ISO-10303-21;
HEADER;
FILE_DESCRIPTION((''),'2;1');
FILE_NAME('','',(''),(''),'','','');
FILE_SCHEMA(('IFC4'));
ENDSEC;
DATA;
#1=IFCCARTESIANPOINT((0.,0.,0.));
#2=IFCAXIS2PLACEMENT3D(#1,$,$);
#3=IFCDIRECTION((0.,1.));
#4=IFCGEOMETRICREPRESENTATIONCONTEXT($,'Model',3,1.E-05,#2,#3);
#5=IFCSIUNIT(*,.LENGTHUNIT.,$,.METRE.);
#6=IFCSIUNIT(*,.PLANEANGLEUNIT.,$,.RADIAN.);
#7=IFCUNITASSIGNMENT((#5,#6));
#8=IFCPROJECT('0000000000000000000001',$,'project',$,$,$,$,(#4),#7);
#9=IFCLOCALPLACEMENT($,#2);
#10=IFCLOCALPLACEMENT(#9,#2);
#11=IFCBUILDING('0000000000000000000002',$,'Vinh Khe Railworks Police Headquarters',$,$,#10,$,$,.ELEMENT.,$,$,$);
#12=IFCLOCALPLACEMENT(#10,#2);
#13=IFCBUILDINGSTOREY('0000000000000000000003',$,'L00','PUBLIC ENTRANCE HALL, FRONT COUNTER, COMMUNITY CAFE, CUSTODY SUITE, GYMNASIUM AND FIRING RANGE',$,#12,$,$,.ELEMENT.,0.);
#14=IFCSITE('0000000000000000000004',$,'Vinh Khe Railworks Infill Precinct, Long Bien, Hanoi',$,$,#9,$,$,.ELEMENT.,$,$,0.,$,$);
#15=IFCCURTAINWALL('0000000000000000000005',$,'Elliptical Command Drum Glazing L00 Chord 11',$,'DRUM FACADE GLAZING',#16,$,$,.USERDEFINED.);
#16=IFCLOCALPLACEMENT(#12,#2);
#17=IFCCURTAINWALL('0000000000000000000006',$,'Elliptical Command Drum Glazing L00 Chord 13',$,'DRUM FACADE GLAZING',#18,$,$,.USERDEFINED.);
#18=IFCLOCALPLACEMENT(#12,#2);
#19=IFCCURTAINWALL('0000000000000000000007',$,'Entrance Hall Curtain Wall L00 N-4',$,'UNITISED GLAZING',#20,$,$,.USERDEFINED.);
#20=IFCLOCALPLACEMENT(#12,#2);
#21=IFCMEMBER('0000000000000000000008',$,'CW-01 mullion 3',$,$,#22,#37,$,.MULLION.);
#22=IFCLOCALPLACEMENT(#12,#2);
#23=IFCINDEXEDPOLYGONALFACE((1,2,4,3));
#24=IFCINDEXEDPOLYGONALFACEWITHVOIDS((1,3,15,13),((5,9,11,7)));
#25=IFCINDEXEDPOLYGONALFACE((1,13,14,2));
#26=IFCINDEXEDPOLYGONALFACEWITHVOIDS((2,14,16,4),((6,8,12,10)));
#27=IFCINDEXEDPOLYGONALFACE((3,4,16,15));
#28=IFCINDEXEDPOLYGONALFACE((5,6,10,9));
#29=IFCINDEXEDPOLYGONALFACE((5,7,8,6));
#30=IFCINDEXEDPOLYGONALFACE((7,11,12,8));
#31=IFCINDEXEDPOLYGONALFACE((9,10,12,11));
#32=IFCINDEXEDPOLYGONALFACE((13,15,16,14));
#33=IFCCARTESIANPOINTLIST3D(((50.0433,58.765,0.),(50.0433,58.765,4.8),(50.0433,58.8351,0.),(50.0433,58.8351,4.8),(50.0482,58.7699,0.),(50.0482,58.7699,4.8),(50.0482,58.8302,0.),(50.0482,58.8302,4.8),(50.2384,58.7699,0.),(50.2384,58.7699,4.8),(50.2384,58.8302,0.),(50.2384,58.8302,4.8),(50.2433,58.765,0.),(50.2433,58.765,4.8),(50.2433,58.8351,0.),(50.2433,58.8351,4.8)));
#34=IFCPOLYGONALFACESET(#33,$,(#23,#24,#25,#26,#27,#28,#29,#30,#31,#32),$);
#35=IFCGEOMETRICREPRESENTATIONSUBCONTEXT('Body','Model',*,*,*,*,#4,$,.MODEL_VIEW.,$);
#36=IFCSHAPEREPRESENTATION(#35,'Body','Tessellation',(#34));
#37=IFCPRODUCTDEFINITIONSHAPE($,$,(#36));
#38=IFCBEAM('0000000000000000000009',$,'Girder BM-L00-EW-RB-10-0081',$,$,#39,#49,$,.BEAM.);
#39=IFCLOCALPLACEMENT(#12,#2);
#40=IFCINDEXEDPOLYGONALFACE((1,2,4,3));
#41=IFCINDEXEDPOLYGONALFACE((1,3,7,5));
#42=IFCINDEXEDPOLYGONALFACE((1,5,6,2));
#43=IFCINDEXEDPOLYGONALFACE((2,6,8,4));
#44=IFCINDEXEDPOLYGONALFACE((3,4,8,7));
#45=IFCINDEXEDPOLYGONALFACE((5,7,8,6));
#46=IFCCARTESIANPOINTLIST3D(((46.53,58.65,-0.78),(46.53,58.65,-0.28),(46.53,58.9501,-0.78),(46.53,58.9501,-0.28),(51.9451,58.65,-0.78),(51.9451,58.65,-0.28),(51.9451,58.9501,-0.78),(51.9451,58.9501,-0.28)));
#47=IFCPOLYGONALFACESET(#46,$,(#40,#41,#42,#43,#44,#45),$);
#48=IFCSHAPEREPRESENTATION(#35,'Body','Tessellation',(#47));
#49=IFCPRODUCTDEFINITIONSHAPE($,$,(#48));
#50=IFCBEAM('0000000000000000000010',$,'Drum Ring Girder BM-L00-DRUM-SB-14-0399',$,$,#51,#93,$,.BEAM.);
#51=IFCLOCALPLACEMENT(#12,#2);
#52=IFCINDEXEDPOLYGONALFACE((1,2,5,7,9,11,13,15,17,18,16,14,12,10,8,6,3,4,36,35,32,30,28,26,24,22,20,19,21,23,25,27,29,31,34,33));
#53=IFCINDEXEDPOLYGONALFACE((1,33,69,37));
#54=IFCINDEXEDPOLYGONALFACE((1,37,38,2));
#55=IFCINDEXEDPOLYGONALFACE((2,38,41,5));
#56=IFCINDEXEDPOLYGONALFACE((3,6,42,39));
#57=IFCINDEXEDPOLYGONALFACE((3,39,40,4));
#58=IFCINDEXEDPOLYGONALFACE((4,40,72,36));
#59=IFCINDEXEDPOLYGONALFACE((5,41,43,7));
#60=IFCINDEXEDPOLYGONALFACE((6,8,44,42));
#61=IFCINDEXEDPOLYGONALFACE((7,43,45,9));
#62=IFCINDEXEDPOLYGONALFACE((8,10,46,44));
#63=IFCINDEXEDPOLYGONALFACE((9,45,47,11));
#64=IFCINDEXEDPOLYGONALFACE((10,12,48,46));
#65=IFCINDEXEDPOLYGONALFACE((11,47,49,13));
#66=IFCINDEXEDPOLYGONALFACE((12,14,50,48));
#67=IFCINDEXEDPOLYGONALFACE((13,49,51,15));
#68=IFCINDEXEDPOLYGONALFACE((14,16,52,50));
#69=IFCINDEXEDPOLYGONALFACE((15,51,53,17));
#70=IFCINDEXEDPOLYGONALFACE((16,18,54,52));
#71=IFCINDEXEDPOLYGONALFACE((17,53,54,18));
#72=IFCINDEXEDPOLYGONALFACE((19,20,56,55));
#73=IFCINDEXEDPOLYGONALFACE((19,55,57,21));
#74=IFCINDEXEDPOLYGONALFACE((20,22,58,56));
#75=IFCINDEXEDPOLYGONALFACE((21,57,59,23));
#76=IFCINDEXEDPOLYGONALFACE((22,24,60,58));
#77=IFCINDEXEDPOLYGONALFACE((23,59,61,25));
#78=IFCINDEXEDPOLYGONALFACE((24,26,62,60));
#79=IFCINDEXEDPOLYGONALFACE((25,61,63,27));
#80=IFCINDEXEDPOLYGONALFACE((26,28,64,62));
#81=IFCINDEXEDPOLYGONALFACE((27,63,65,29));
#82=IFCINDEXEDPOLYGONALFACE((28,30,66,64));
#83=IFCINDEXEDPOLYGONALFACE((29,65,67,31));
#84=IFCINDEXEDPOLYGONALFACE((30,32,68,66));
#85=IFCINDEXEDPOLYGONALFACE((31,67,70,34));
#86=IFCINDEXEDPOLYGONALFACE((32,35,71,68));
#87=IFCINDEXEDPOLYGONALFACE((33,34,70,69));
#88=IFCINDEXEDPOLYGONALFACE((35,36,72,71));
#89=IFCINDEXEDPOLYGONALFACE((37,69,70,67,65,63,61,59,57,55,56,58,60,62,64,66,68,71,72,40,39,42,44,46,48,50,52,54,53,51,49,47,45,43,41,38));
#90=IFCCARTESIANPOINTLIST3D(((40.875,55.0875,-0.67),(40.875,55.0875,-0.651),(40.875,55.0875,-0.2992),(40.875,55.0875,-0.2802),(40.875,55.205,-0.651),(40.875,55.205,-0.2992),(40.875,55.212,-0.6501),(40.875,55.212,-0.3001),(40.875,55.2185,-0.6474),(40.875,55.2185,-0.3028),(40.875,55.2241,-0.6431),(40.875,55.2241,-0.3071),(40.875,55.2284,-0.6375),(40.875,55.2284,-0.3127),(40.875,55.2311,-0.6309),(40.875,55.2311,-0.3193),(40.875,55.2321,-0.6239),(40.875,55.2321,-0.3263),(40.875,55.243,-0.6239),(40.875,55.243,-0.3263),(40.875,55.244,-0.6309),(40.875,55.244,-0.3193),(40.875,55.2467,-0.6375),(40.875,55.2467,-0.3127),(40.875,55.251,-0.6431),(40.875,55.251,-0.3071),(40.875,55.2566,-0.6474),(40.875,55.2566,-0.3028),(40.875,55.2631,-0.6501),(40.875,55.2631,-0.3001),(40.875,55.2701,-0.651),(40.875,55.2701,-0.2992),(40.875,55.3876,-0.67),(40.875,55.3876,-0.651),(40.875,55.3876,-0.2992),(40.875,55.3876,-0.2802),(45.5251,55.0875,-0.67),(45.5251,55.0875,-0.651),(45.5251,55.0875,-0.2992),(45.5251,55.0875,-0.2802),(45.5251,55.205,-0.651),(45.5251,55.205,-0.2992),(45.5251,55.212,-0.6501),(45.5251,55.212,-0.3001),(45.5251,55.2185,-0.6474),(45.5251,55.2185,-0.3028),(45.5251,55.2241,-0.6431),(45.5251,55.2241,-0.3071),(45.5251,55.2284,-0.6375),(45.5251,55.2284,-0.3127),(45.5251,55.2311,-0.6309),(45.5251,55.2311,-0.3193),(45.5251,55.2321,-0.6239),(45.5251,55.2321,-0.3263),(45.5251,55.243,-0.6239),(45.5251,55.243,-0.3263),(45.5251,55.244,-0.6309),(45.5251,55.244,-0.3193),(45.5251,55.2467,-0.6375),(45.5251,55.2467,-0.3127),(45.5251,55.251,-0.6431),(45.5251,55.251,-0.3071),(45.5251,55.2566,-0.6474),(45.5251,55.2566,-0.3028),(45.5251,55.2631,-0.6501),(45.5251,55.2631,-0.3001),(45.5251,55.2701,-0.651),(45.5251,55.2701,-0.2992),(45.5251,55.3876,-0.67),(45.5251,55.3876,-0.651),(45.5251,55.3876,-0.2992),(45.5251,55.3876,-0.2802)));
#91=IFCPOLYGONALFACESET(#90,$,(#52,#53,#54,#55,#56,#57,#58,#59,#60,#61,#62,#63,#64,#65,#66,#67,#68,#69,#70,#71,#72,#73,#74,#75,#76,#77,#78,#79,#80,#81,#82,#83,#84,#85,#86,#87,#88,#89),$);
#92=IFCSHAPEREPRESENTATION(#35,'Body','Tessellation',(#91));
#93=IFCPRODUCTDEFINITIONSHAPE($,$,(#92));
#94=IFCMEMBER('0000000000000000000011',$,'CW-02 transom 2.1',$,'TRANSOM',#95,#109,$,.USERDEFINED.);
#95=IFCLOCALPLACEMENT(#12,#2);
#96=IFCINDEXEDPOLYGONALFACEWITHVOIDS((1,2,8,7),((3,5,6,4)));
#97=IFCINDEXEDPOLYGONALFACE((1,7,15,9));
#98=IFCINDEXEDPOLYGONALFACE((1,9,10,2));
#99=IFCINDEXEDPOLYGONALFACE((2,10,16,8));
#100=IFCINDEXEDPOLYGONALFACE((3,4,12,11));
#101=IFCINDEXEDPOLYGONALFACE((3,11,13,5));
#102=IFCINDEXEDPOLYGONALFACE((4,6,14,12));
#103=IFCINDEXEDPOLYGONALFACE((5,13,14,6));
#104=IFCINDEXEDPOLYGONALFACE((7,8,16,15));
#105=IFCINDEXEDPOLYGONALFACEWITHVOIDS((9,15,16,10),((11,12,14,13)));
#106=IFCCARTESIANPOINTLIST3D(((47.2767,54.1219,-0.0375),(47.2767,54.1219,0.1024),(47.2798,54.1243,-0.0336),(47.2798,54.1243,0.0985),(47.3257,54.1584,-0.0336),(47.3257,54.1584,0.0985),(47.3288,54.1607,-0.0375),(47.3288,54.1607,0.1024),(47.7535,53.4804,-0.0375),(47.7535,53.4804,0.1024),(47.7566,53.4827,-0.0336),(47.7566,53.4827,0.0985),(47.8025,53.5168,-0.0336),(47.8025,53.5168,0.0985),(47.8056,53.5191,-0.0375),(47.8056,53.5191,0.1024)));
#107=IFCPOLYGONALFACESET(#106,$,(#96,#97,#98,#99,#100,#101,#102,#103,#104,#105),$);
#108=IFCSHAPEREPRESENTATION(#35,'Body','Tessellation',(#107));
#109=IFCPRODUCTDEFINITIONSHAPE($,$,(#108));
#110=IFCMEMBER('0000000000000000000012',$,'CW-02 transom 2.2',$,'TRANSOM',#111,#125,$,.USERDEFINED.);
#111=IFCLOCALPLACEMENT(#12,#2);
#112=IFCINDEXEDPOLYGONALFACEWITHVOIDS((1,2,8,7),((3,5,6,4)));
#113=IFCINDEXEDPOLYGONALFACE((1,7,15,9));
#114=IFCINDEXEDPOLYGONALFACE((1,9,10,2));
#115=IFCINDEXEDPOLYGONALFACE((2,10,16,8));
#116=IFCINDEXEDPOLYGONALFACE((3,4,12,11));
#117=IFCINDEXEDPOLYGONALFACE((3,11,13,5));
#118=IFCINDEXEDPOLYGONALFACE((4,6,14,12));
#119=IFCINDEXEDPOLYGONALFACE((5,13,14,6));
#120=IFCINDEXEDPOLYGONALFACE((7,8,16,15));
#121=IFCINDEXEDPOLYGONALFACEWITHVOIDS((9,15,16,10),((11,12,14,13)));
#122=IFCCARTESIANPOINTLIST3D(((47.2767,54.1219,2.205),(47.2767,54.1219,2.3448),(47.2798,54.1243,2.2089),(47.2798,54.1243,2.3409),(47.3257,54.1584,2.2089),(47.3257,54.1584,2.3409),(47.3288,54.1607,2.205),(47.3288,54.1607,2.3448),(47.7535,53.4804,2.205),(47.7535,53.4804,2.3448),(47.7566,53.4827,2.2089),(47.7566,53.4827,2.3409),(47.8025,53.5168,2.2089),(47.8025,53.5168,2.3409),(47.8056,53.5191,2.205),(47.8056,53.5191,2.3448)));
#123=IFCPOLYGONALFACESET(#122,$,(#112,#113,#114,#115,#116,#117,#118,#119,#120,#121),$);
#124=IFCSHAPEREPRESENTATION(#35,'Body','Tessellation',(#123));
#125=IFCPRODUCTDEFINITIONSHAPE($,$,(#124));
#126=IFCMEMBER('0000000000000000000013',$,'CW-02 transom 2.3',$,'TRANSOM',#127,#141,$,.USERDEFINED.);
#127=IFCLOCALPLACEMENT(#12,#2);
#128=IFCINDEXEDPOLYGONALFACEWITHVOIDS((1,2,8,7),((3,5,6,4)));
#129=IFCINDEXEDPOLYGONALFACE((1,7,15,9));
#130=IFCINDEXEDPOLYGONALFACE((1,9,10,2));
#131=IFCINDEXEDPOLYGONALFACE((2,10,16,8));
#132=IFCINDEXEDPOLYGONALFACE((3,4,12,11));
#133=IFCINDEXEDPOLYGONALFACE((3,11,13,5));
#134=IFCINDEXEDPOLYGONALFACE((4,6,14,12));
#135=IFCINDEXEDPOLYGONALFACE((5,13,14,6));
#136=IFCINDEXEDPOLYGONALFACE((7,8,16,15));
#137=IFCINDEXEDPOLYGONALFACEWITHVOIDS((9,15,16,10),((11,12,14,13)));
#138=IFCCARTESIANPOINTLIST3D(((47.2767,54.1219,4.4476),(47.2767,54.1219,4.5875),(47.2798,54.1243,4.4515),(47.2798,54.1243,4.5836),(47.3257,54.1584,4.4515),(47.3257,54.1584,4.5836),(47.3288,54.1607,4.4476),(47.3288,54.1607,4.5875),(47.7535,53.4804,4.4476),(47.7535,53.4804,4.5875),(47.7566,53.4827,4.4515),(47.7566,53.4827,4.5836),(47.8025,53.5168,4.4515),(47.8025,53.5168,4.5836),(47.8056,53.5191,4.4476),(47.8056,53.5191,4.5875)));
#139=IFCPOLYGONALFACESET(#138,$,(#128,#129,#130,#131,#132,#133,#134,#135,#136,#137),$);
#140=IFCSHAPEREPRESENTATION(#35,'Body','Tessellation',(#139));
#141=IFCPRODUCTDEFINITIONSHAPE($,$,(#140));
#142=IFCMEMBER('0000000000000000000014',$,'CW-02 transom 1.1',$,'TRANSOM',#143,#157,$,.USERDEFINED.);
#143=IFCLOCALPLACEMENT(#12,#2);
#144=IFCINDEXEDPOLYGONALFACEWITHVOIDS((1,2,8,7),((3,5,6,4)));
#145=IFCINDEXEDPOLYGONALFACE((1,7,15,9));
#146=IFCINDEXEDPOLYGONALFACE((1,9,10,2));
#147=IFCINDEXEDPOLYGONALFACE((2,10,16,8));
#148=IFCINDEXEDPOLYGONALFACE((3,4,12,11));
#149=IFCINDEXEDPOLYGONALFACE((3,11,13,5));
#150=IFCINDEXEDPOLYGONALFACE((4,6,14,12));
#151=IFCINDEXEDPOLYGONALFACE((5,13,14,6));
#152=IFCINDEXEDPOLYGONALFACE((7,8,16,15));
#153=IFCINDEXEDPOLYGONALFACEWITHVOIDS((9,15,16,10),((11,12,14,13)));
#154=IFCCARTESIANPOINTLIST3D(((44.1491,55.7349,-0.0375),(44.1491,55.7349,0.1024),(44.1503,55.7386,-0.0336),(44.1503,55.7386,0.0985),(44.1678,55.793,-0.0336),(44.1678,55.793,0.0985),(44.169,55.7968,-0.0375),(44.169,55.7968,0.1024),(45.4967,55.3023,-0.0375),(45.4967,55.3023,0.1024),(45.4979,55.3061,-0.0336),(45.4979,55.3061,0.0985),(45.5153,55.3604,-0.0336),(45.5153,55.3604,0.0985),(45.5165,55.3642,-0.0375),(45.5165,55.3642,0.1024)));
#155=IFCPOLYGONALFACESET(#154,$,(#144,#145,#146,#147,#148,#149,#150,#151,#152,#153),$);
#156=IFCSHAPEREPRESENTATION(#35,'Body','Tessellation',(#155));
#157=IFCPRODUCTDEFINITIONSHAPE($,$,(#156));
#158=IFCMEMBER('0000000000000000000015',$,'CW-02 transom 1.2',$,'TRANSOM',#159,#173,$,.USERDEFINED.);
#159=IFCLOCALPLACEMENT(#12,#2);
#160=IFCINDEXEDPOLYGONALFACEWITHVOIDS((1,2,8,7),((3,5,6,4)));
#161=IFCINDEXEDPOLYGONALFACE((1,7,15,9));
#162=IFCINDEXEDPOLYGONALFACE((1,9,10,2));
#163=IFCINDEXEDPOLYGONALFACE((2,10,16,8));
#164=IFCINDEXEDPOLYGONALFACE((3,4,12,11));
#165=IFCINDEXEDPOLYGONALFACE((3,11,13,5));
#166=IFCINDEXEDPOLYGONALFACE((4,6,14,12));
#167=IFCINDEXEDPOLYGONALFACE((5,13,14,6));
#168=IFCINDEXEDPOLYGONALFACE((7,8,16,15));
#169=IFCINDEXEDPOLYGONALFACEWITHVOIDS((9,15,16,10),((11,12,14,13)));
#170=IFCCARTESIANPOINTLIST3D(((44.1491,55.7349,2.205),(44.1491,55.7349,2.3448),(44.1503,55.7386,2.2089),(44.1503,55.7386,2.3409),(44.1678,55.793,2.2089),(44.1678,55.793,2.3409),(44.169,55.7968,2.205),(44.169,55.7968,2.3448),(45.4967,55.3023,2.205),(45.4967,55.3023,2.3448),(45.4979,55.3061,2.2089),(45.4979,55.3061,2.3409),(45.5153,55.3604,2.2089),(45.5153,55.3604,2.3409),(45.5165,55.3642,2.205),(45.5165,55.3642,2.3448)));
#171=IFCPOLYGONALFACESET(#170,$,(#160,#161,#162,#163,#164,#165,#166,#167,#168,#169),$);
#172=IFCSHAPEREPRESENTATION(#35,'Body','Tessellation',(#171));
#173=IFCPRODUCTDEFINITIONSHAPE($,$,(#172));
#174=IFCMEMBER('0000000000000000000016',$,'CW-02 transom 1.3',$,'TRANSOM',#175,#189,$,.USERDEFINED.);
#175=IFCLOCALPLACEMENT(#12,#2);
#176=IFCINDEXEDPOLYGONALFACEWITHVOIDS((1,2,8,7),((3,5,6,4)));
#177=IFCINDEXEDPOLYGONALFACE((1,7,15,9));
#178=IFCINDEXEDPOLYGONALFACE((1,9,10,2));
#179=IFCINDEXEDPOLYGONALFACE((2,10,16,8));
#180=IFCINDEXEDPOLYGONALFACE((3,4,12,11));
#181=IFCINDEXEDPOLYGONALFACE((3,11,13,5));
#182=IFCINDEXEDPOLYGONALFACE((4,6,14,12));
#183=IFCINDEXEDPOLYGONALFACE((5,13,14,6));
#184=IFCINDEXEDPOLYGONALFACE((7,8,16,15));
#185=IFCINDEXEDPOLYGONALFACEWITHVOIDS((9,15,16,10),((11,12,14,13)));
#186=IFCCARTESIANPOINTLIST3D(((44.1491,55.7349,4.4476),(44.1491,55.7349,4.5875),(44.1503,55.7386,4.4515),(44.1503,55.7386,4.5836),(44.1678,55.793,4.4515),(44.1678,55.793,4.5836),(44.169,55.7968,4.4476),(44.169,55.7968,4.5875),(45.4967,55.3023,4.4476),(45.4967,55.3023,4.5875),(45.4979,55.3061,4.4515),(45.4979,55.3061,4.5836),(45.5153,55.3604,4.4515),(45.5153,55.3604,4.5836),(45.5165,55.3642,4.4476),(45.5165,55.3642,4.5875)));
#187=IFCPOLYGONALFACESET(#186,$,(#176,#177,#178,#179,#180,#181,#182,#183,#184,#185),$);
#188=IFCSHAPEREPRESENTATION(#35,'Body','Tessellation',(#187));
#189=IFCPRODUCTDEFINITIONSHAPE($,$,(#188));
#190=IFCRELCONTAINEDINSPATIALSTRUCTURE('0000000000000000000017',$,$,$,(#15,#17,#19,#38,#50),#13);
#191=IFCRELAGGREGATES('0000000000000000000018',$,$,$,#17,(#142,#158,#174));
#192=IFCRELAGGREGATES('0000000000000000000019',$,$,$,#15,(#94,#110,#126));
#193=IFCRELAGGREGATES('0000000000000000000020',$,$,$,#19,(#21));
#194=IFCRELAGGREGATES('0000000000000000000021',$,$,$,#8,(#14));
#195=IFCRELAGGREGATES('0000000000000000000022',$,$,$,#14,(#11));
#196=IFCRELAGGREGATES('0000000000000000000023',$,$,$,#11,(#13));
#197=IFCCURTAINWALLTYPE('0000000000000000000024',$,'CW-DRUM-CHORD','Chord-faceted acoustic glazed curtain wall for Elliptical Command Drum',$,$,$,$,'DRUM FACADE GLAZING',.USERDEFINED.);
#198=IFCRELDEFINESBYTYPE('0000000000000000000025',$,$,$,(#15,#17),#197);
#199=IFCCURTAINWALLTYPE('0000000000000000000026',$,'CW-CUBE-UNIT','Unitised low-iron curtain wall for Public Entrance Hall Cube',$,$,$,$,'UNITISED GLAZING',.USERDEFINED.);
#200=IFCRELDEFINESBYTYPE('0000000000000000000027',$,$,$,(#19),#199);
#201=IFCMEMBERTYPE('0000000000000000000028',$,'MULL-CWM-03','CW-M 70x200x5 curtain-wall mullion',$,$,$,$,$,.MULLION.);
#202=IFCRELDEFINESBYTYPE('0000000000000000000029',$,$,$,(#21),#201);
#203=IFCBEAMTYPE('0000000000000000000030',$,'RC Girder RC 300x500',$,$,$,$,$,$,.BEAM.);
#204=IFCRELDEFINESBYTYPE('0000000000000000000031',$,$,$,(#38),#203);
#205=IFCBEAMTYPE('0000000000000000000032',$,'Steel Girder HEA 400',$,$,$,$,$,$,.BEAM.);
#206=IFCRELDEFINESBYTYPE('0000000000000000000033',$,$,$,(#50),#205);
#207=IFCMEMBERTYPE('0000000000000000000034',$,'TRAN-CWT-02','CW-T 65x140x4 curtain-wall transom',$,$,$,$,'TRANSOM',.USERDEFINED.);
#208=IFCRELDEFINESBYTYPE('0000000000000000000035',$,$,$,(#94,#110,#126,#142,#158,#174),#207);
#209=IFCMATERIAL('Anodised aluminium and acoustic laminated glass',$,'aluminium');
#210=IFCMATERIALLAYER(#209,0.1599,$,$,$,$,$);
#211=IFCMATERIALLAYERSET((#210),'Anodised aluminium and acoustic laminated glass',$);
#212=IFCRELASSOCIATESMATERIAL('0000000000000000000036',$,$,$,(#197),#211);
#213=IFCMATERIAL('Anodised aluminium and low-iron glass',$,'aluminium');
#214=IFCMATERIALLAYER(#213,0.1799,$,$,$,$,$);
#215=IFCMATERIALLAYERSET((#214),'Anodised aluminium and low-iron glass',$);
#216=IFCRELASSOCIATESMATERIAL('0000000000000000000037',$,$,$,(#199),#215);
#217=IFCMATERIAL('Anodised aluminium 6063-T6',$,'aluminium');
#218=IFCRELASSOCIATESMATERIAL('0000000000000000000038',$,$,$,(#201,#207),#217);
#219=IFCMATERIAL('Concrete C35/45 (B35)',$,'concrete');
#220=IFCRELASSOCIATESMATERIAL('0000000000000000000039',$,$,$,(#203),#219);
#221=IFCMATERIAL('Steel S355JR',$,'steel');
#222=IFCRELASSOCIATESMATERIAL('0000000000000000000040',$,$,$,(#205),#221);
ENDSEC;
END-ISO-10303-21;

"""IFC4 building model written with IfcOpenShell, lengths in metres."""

from ifc_helpers import new_model, si_unit, direction, frame, origin, origin_2d, place, context, subcontext, project, spatial, rectangle, hollow_rectangle, i_section, extrude, material, layer, layer_set, material_profile, profile_set, type_object, element, aggregate, save


model = new_model("IFC4")

# Units and contexts
model_context = context("Model", 3, precision=1e-05, world=origin(), true_north=direction((0.0, 1.0)))
body_context = subcontext(model_context, "Body", "Model", "MODEL_VIEW")
ifc_project = project(units=[si_unit("LENGTHUNIT", "METRE"), si_unit("PLANEANGLEUNIT", "RADIAN")], contexts=[model_context])

# Site, building, storey
site_placement = place(None, origin())
site = spatial("IfcSite", under=ifc_project, at=site_placement, Name="Vinh Khe Railworks Infill Precinct, Long Bien, Hanoi", CompositionType="ELEMENT", RefElevation=0.0)
building_placement = place(site_placement, origin())
building = spatial("IfcBuilding", under=site, at=building_placement, Name="Vinh Khe Railworks Police Headquarters", CompositionType="ELEMENT")
storey_placement = place(building_placement, origin())
storey = spatial("IfcBuildingStorey", under=building, at=storey_placement, Name="L00", Description="PUBLIC ENTRANCE HALL, FRONT COUNTER, COMMUNITY CAFE, CUSTODY SUITE, GYMNASIUM AND FIRING RANGE", CompositionType="ELEMENT", Elevation=0.0)

# Shared definitions
ifc_material_1 = material(Name="Steel S355JR", Category="steel")

# Curtain wall
ifc_material_2 = material(Name="Anodised aluminium and acoustic laminated glass", Category="aluminium")
ifc_layer_1 = layer(ifc_material_2, 0.1599)
ifc_layer_set_1 = layer_set([ifc_layer_1], Name="Anodised aluminium and acoustic laminated glass")
curtain_wall_type_1 = type_object("IfcCurtainWallType", Name="CW-DRUM-CHORD", Description="Chord-faceted acoustic glazed curtain wall for Elliptical Command Drum", ElementType="DRUM FACADE GLAZING", PredefinedType="USERDEFINED", material=ifc_layer_set_1)
curtain_wall_1_placement = place(storey_placement, origin())
curtain_wall_1 = element("IfcCurtainWall", 1, at=curtain_wall_1_placement, inside=storey, type_object=curtain_wall_type_1, Name="Elliptical Command Drum Glazing L00 Chord 11", ObjectType="DRUM FACADE GLAZING", PredefinedType="USERDEFINED")
ifc_material_3 = material(Name="Anodised aluminium 6063-T6", Category="aluminium")

# Curtain wall
curtain_wall_2_placement = place(storey_placement, origin())
curtain_wall_2 = element("IfcCurtainWall", 2, at=curtain_wall_2_placement, inside=storey, type_object=curtain_wall_type_1, Name="Elliptical Command Drum Glazing L00 Chord 13", ObjectType="DRUM FACADE GLAZING", PredefinedType="USERDEFINED")
ifc_material_4 = material(Name="Anodised aluminium and low-iron glass", Category="aluminium")
ifc_layer_2 = layer(ifc_material_4, 0.1799)
ifc_layer_set_2 = layer_set([ifc_layer_2], Name="Anodised aluminium and low-iron glass")
curtain_wall_type_2 = type_object("IfcCurtainWallType", Name="CW-CUBE-UNIT", Description="Unitised low-iron curtain wall for Public Entrance Hall Cube", ElementType="UNITISED GLAZING", PredefinedType="USERDEFINED", material=ifc_layer_set_2)
ifc_material_profile_1 = material_profile(ifc_material_3, hollow_rectangle(XDim=0.0701, YDim=0.2, WallThickness=0.0049, at=origin_2d()), Name="CW-M 70x200x5")
ifc_profile_set_1 = profile_set([ifc_material_profile_1], Name="Anodised aluminium 6063-T6")
member_type_1 = type_object("IfcMemberType", Name="MULL-CWM-03", Description="CW-M 70x200x5 curtain-wall mullion", PredefinedType="MULLION", material=ifc_profile_set_1)

# Curtain wall, member
curtain_wall_3_placement = place(storey_placement, origin())
curtain_wall_3 = element("IfcCurtainWall", 3, at=curtain_wall_3_placement, inside=storey, type_object=curtain_wall_type_2, Name="Entrance Hall Curtain Wall L00 N-4", ObjectType="UNITISED GLAZING", PredefinedType="USERDEFINED")
member_1_placement = place(storey_placement, frame((50.1433, 58.8, 0.0), z_axis=(0.0, 0.0, 1.0), x_axis=(0.0, 1.0, 0.0)))
member_1 = element("IfcMember", 4, at=member_1_placement, type_object=member_type_1, Name="CW-01 mullion 3", PredefinedType="MULLION", context=body_context, shape_type="SweptSolid", body=[
    extrude(hollow_rectangle(XDim=0.0701, YDim=0.2, WallThickness=0.0049, at=origin_2d()), origin(), (0.0, 0.0, 1.0), 4.8),
])

# Beams
ifc_material_5 = material(Name="Concrete C35/45 (B35)", Category="concrete")
ifc_material_profile_2 = material_profile(ifc_material_5, rectangle(XDim=0.3, YDim=0.5, at=origin_2d()), Name="RC 300x500")
ifc_profile_set_2 = profile_set([ifc_material_profile_2], Name="Concrete C35/45 (B35)")
beam_type_1 = type_object("IfcBeamType", Name="RC Girder RC 300x500", PredefinedType="BEAM", material=ifc_profile_set_2)
beam_1_placement = place(storey_placement, frame((46.53, 58.8, -0.53), z_axis=(1.0, 0.0, 0.0), x_axis=(0.0, 1.0, 0.0)))
element("IfcBeam", 5, at=beam_1_placement, inside=storey, type_object=beam_type_1, Name="Girder BM-L00-EW-RB-10-0081", PredefinedType="BEAM", context=body_context, shape_type="SweptSolid", body=[
    extrude(rectangle(XDim=0.3, YDim=0.5, at=origin_2d()), origin(), (0.0, 0.0, 1.0), 5.415),
])
ifc_material_profile_3 = material_profile(ifc_material_1, i_section(OverallWidth=0.3, OverallDepth=0.3899, WebThickness=0.011, FlangeThickness=0.019, FilletRadius=0.0271, at=origin_2d()), Name="HEA 400")
ifc_profile_set_3 = profile_set([ifc_material_profile_3], Name="Steel S355JR")
beam_type_2 = type_object("IfcBeamType", Name="Steel Girder HEA 400", PredefinedType="BEAM", material=ifc_profile_set_3)
beam_2_placement = place(storey_placement, frame((45.5251, 55.2375, -0.4751), z_axis=(-1.0, 0.0, 0.0), x_axis=(0.0, -1.0, 0.0)))
element("IfcBeam", 6, at=beam_2_placement, inside=storey, type_object=beam_type_2, Name="Drum Ring Girder BM-L00-DRUM-SB-14-0399", PredefinedType="BEAM", context=body_context, shape_type="SweptSolid", body=[
    extrude(i_section(OverallWidth=0.3, OverallDepth=0.3899, WebThickness=0.011, FlangeThickness=0.019, FilletRadius=0.0271, at=origin_2d()), origin(), (0.0, 0.0, 1.0), 4.6501),
])

# Members
ifc_material_profile_4 = material_profile(ifc_material_3, hollow_rectangle(XDim=0.0649, YDim=0.1399, WallThickness=0.0039, at=origin_2d()), Name="CW-T 65x140x4")
ifc_profile_set_4 = profile_set([ifc_material_profile_4], Name="Anodised aluminium 6063-T6")
member_type_2 = type_object("IfcMemberType", Name="TRAN-CWT-02", Description="CW-T 65x140x4 curtain-wall transom", ElementType="TRANSOM", PredefinedType="USERDEFINED", material=ifc_profile_set_4)
member_2_placement = place(storey_placement, frame((47.7795, 53.4998, 0.0325), z_axis=(-0.596476, 0.802631, 0.0), x_axis=(-0.802631, -0.596476, 0.0)))
member_2 = element("IfcMember", 7, at=member_2_placement, type_object=member_type_2, Name="CW-02 transom 2.1", ObjectType="TRANSOM", PredefinedType="USERDEFINED", context=body_context, shape_type="SweptSolid", body=[
    extrude(hollow_rectangle(XDim=0.0649, YDim=0.1399, WallThickness=0.0039, at=origin_2d()), origin(), (0.0, 0.0, 1.0), 0.7993),
])
member_3_placement = place(storey_placement, frame((47.7795, 53.4998, 2.2749), z_axis=(-0.596476, 0.802631, 0.0), x_axis=(-0.802631, -0.596476, 0.0)))
member_3 = element("IfcMember", 8, at=member_3_placement, type_object=member_type_2, Name="CW-02 transom 2.2", ObjectType="TRANSOM", PredefinedType="USERDEFINED", context=body_context, shape_type="SweptSolid", body=[
    extrude(hollow_rectangle(XDim=0.0649, YDim=0.1399, WallThickness=0.0039, at=origin_2d()), origin(), (0.0, 0.0, 1.0), 0.7993),
])
member_4_placement = place(storey_placement, frame((47.7795, 53.4998, 4.5176), z_axis=(-0.596476, 0.802631, 0.0), x_axis=(-0.802631, -0.596476, 0.0)))
member_4 = element("IfcMember", 9, at=member_4_placement, type_object=member_type_2, Name="CW-02 transom 2.3", ObjectType="TRANSOM", PredefinedType="USERDEFINED", context=body_context, shape_type="SweptSolid", body=[
    extrude(hollow_rectangle(XDim=0.0649, YDim=0.1399, WallThickness=0.0039, at=origin_2d()), origin(), (0.0, 0.0, 1.0), 0.7993),
])
member_5_placement = place(storey_placement, frame((45.5066, 55.3333, 0.0325), z_axis=(-0.952143, 0.305652, 0.0), x_axis=(-0.305652, -0.952143, 0.0)))
member_5 = element("IfcMember", 10, at=member_5_placement, type_object=member_type_2, Name="CW-02 transom 1.1", ObjectType="TRANSOM", PredefinedType="USERDEFINED", context=body_context, shape_type="SweptSolid", body=[
    extrude(hollow_rectangle(XDim=0.0649, YDim=0.1399, WallThickness=0.0039, at=origin_2d()), origin(), (0.0, 0.0, 1.0), 1.4153),
])
member_6_placement = place(storey_placement, frame((45.5066, 55.3333, 2.2749), z_axis=(-0.952143, 0.305652, 0.0), x_axis=(-0.305652, -0.952143, 0.0)))
member_6 = element("IfcMember", 11, at=member_6_placement, type_object=member_type_2, Name="CW-02 transom 1.2", ObjectType="TRANSOM", PredefinedType="USERDEFINED", context=body_context, shape_type="SweptSolid", body=[
    extrude(hollow_rectangle(XDim=0.0649, YDim=0.1399, WallThickness=0.0039, at=origin_2d()), origin(), (0.0, 0.0, 1.0), 1.4153),
])
member_7_placement = place(storey_placement, frame((45.5066, 55.3333, 4.5176), z_axis=(-0.952143, 0.305652, 0.0), x_axis=(-0.305652, -0.952143, 0.0)))
member_7 = element("IfcMember", 12, at=member_7_placement, type_object=member_type_2, Name="CW-02 transom 1.3", ObjectType="TRANSOM", PredefinedType="USERDEFINED", context=body_context, shape_type="SweptSolid", body=[
    extrude(hollow_rectangle(XDim=0.0649, YDim=0.1399, WallThickness=0.0039, at=origin_2d()), origin(), (0.0, 0.0, 1.0), 1.4153),
])
aggregate(curtain_wall_2, [member_5, member_6, member_7])

aggregate(curtain_wall_1, [member_2, member_3, member_4])
aggregate(curtain_wall_3, [member_1])

save(model, "model.ifc")
